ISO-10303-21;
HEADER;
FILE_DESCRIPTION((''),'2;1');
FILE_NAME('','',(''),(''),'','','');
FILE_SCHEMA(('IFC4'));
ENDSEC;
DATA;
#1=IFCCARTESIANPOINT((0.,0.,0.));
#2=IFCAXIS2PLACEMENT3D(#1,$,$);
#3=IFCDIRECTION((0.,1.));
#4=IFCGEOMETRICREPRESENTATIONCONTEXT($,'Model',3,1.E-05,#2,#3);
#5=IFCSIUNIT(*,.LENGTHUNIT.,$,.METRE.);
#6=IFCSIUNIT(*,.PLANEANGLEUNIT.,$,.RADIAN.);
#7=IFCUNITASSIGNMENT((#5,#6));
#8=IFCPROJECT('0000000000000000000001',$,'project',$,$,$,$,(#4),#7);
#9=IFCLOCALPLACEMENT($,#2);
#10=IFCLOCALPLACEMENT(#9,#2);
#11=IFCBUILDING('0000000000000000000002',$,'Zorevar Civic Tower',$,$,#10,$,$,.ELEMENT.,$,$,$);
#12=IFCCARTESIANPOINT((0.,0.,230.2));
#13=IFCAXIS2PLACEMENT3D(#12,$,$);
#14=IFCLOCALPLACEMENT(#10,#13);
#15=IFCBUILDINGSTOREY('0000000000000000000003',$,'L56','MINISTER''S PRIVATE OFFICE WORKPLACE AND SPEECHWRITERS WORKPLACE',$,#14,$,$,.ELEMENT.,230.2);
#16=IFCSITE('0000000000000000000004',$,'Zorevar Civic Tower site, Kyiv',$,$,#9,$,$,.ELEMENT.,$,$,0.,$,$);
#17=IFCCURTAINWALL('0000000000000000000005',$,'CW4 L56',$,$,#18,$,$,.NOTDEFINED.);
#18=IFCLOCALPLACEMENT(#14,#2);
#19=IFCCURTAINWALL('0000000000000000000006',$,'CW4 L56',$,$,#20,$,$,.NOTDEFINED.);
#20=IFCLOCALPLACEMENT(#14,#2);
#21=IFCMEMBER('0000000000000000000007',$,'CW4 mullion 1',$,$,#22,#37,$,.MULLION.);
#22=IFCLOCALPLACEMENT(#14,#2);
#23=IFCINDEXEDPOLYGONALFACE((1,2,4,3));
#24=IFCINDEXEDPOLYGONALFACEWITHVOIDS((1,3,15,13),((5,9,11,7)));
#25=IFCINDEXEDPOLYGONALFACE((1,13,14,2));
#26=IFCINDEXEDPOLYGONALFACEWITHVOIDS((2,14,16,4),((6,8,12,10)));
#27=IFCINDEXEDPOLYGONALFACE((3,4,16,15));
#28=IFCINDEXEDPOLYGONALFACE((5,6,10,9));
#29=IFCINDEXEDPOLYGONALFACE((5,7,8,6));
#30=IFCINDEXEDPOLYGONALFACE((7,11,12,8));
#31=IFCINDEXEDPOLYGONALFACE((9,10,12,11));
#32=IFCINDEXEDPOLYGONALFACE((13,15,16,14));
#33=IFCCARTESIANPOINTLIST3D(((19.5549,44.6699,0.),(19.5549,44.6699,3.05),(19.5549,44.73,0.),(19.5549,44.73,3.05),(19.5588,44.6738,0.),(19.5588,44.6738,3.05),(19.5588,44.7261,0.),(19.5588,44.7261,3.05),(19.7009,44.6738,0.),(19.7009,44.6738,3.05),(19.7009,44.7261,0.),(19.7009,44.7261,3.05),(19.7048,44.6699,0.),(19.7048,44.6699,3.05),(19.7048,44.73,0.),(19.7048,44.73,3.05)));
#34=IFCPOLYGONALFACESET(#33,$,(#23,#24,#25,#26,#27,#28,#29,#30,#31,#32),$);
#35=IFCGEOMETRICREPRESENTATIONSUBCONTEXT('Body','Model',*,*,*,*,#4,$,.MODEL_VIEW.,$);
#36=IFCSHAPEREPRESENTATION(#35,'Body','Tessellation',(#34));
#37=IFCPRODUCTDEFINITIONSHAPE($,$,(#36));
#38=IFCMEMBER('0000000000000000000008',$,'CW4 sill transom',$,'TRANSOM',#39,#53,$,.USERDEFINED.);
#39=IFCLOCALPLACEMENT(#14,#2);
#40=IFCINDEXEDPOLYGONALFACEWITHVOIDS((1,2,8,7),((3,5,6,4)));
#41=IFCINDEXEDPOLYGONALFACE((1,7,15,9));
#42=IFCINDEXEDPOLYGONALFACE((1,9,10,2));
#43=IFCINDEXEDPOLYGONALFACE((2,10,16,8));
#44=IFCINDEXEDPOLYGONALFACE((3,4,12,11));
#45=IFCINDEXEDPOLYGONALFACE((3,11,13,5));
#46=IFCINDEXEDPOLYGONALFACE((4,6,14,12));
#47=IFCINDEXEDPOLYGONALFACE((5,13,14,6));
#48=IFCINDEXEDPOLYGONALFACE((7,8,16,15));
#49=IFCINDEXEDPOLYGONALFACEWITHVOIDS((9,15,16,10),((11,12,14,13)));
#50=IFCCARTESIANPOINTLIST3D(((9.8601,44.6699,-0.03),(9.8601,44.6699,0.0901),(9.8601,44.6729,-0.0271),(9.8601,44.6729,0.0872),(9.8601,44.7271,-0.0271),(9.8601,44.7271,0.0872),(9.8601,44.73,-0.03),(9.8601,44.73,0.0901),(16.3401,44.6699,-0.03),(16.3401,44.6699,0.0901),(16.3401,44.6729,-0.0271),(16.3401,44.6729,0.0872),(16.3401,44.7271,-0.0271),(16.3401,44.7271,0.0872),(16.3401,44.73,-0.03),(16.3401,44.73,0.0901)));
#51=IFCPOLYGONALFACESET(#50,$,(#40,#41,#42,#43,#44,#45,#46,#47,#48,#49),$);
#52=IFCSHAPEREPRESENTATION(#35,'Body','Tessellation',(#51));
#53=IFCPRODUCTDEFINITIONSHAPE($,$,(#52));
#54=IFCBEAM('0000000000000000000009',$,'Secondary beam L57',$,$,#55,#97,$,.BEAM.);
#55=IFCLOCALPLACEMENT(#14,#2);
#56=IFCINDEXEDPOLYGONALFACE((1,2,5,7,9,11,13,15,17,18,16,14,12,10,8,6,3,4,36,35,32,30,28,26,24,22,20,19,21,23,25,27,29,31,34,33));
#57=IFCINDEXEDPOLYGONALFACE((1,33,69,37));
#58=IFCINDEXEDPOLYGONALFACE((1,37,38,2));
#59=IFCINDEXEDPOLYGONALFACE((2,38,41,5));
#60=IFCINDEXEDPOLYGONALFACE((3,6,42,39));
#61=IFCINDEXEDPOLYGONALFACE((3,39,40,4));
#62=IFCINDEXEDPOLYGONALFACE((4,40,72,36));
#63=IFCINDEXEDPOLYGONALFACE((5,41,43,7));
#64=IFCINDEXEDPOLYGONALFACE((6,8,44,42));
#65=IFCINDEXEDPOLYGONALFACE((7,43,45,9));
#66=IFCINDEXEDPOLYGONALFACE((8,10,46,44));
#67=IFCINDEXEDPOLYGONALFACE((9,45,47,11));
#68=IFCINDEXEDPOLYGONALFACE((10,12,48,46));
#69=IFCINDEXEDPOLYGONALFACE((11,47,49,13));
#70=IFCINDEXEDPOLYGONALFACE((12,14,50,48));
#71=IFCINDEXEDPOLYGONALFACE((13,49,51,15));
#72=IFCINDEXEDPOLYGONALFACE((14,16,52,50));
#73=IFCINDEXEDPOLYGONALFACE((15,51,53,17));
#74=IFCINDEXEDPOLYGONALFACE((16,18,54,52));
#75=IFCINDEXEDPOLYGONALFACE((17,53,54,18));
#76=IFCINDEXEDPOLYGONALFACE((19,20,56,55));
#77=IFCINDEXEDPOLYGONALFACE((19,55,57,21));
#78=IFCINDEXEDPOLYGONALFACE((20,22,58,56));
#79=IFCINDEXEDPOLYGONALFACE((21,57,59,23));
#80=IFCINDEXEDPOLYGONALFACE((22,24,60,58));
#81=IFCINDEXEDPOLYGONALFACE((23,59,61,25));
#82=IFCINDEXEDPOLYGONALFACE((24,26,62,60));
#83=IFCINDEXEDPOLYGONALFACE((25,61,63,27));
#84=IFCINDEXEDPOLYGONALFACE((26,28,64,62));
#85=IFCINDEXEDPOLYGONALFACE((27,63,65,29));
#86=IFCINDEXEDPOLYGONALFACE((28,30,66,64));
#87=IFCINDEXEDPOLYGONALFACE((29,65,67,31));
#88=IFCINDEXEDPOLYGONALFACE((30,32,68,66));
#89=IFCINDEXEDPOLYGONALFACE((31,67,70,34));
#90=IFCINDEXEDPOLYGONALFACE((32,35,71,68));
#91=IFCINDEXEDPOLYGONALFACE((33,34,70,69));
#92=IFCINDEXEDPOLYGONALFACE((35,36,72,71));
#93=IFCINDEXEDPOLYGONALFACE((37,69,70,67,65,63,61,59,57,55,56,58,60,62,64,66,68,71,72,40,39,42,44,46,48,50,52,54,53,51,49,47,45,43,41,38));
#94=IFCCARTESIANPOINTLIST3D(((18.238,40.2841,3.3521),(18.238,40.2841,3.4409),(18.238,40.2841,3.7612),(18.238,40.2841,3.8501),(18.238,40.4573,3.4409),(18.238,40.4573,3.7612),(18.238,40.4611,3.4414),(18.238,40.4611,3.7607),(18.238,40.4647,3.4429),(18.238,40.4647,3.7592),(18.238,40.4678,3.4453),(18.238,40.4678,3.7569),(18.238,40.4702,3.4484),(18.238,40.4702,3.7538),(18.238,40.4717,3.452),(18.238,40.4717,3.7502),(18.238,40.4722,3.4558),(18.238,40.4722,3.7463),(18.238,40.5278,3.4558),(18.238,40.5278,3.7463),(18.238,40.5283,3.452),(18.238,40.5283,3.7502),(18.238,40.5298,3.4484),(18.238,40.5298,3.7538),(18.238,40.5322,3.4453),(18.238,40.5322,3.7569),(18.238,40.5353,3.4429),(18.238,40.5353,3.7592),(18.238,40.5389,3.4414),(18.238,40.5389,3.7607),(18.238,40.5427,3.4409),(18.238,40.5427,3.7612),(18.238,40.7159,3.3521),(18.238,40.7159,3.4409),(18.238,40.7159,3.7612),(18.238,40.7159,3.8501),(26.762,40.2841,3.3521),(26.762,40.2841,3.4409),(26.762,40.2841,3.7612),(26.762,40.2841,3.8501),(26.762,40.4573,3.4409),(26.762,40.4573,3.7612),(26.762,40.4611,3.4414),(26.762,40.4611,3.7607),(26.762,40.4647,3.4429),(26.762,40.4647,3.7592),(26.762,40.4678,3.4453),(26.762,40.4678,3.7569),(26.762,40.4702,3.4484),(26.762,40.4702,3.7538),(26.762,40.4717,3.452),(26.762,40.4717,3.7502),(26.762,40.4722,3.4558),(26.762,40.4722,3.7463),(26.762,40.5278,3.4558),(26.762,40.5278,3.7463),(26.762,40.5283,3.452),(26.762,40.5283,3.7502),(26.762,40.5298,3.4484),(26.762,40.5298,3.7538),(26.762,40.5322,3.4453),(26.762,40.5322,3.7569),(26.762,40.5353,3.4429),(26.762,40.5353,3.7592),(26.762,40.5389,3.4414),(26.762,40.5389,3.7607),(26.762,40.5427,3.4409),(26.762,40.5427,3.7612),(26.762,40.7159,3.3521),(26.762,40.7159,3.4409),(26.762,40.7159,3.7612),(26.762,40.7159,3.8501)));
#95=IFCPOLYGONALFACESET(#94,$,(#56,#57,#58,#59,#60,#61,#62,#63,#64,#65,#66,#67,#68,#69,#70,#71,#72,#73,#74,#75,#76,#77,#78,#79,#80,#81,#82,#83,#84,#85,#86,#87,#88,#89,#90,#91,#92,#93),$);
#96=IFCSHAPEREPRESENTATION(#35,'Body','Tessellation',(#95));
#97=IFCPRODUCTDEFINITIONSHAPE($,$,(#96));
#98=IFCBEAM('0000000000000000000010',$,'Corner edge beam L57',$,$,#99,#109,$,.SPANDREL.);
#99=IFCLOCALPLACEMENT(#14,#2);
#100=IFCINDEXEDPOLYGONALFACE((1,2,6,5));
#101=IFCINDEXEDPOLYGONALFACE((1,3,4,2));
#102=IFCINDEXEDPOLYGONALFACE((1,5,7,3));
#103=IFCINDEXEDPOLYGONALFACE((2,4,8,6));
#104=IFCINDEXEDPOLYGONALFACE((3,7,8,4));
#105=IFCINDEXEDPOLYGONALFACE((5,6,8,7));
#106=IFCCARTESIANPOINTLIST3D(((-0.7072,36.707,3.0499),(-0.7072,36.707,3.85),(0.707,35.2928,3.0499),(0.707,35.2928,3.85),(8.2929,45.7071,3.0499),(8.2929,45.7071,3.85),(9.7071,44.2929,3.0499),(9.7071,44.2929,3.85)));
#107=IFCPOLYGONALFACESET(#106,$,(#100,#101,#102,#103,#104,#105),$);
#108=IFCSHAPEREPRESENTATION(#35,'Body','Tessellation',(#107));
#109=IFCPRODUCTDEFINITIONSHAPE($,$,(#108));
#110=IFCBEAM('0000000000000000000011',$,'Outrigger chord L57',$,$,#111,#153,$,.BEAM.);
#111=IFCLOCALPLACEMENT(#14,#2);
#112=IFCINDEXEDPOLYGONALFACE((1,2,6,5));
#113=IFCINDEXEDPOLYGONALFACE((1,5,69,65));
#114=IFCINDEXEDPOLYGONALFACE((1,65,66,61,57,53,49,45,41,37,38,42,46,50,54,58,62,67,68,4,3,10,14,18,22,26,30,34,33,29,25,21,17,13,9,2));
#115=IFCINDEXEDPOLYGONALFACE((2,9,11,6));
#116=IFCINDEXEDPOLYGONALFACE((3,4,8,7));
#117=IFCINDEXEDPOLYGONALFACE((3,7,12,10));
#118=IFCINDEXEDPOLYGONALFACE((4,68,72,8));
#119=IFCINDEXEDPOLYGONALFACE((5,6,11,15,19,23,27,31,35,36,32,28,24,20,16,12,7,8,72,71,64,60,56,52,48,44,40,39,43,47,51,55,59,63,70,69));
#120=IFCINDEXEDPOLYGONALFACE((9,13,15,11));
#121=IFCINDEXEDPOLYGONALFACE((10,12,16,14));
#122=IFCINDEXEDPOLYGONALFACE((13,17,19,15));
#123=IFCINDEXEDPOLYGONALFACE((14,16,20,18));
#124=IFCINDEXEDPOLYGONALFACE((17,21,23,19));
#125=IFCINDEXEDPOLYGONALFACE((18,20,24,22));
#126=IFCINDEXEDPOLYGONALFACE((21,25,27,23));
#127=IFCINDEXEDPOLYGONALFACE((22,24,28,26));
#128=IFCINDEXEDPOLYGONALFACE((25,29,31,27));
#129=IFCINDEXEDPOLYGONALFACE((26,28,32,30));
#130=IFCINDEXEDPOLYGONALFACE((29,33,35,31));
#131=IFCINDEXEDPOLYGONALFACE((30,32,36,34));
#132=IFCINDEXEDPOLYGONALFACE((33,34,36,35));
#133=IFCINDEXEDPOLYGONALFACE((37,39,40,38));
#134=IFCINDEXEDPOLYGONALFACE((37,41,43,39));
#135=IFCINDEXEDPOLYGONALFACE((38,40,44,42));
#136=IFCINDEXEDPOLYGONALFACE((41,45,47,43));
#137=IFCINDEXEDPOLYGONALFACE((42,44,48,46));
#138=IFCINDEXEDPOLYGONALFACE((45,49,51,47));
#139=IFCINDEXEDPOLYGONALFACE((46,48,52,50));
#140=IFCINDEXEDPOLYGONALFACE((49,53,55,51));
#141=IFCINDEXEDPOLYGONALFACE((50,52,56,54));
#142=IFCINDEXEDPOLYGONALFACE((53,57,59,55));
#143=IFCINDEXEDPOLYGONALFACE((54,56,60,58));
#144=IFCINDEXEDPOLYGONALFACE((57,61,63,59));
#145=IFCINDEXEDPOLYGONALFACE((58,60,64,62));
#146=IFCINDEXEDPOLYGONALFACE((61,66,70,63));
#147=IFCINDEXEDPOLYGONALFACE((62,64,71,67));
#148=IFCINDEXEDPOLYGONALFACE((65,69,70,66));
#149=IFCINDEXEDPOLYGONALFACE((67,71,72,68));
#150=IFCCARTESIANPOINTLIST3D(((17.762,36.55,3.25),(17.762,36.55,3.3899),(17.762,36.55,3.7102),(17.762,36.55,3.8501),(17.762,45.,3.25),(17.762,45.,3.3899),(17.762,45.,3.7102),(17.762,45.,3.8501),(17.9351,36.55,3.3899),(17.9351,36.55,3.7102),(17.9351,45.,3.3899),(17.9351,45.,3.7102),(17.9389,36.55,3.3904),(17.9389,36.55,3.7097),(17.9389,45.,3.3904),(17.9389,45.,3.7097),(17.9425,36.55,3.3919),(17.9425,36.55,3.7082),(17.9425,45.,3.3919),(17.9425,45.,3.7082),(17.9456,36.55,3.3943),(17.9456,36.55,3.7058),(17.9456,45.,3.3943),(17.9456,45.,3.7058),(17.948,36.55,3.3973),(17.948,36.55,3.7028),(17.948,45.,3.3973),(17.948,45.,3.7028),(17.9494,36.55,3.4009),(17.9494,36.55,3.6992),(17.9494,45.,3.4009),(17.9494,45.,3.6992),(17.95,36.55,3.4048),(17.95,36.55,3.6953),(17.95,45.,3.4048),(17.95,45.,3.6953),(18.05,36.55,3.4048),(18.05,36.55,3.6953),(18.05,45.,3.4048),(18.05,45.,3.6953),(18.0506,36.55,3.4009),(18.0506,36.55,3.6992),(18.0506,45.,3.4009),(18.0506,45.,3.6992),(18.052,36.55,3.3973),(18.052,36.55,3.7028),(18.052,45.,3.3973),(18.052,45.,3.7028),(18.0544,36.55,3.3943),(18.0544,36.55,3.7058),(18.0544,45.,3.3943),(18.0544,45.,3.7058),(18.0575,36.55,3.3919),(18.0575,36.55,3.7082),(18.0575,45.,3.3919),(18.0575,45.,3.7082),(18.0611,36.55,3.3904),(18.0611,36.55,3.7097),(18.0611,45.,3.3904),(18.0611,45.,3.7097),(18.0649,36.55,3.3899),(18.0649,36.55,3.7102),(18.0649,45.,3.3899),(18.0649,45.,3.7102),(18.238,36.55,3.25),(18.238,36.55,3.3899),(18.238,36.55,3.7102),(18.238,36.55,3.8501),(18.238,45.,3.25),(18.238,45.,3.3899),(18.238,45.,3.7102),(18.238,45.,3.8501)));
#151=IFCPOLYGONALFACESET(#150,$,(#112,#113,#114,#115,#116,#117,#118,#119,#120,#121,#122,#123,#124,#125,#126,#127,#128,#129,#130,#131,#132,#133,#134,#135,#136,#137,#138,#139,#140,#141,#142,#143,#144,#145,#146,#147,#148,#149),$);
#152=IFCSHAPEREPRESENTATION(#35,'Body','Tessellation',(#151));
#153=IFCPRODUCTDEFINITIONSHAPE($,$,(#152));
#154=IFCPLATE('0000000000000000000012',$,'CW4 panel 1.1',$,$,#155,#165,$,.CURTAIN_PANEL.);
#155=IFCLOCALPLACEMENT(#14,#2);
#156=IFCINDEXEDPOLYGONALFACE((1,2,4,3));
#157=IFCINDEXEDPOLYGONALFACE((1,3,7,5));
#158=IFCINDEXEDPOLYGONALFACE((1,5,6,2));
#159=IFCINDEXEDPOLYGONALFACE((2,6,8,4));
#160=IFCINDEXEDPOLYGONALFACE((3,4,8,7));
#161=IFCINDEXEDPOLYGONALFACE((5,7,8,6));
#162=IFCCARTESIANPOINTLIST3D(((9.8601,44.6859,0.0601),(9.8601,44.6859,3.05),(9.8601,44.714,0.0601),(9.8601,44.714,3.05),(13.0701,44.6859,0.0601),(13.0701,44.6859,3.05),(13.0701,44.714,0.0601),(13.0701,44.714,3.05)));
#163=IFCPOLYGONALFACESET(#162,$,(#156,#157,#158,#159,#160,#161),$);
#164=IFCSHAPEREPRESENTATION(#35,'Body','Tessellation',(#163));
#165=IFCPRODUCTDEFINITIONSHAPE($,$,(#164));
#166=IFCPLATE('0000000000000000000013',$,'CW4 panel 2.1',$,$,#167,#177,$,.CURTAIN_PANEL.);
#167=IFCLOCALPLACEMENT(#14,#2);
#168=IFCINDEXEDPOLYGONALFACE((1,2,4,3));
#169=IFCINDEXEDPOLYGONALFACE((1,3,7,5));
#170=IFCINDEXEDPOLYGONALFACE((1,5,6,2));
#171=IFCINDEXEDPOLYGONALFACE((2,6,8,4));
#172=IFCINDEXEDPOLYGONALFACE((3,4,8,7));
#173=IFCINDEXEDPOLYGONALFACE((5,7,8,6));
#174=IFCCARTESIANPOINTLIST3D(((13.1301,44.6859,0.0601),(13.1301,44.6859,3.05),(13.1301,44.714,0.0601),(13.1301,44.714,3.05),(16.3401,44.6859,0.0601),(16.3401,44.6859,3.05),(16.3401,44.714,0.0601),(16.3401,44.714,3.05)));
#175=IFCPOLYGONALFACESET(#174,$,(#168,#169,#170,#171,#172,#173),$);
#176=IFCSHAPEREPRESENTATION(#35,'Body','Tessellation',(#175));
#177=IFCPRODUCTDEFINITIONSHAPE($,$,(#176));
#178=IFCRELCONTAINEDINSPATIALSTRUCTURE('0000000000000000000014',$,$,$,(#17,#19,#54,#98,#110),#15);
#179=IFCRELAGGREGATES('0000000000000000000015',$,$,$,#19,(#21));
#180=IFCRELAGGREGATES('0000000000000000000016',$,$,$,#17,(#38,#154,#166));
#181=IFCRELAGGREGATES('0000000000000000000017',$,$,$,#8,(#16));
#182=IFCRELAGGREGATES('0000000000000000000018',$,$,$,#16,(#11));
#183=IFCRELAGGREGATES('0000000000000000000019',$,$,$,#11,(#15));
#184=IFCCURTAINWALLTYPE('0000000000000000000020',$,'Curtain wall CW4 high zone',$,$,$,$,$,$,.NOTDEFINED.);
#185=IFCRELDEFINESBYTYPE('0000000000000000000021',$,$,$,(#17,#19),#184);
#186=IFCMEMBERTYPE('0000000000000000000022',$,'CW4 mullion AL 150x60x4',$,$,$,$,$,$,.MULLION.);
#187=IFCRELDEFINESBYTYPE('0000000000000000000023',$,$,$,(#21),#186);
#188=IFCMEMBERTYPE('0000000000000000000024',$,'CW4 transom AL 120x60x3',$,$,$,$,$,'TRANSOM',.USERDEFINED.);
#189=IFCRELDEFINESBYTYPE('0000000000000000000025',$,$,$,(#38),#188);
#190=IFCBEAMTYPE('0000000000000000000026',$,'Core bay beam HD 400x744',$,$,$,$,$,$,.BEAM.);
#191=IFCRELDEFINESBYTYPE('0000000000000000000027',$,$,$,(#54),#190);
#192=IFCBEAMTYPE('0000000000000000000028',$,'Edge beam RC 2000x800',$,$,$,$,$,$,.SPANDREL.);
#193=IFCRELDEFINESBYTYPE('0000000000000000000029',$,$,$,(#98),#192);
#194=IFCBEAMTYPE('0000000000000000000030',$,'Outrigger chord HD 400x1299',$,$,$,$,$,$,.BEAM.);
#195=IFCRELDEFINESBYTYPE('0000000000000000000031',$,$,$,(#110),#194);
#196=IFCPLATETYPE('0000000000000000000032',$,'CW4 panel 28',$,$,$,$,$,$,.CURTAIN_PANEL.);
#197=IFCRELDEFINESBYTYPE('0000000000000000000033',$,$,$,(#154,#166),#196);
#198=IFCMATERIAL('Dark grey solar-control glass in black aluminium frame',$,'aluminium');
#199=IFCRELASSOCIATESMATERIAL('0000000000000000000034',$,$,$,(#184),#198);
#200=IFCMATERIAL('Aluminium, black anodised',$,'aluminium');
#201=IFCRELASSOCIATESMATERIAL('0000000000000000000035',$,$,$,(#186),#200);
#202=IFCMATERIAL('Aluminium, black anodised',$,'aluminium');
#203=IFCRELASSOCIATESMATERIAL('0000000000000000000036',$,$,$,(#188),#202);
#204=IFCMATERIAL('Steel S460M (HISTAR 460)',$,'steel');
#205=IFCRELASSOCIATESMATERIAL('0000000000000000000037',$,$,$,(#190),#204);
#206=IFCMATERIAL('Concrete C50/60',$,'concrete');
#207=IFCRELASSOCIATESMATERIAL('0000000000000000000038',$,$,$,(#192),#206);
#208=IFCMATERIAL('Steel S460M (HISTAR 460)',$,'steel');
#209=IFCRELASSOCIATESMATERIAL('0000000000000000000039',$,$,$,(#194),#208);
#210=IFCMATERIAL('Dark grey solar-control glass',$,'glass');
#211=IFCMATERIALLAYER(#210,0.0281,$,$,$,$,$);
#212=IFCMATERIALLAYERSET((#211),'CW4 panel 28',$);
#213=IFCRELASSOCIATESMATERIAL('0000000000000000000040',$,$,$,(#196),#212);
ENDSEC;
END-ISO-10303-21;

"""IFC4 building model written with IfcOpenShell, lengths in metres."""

from ifc_helpers import new_model, si_unit, direction, frame, origin, origin_2d, place, context, subcontext, project, spatial, rectangle, hollow_rectangle, i_section, extrude, material, layer, layer_set, material_profile, profile_set, type_object, element, aggregate, save


model = new_model("IFC4")

# Units and contexts
model_context = context("Model", 3, precision=1e-05, world=origin(), true_north=direction((0.0, 1.0)))
body_context = subcontext(model_context, "Body", "Model", "MODEL_VIEW")
ifc_project = project(units=[si_unit("LENGTHUNIT", "METRE"), si_unit("PLANEANGLEUNIT", "RADIAN")], contexts=[model_context])

# Site, building, storey
site_placement = place(None, origin())
site = spatial("IfcSite", under=ifc_project, at=site_placement, Name="Zorevar Civic Tower site, Kyiv", CompositionType="ELEMENT", RefElevation=0.0)
building_placement = place(site_placement, origin())
building = spatial("IfcBuilding", under=site, at=building_placement, Name="Zorevar Civic Tower", CompositionType="ELEMENT")
storey_placement = place(building_placement, frame((0.0, 0.0, 230.2)))
storey = spatial("IfcBuildingStorey", under=building, at=storey_placement, Name="L56", Description="MINISTER'S PRIVATE OFFICE WORKPLACE AND SPEECHWRITERS WORKPLACE", CompositionType="ELEMENT", Elevation=230.2)

# Curtain wall
ifc_material_1 = material(Name="Dark grey solar-control glass in black aluminium frame", Category="aluminium")
curtain_wall_type = type_object("IfcCurtainWallType", Name="Curtain wall CW4 high zone", PredefinedType="NOTDEFINED", material=ifc_material_1)
curtain_wall_1_placement = place(storey_placement, origin())
curtain_wall_1 = element("IfcCurtainWall", 1, at=curtain_wall_1_placement, inside=storey, type_object=curtain_wall_type, Name="CW4 L56", PredefinedType="NOTDEFINED")
ifc_material_2 = material(Name="Aluminium, black anodised", Category="aluminium")
ifc_material_profile_1 = material_profile(ifc_material_2, hollow_rectangle(XDim=0.0601, YDim=0.1499, WallThickness=0.0039, at=origin_2d()), Name="AL 150x60x4")
ifc_profile_set_1 = profile_set([ifc_material_profile_1], Name="Aluminium, black anodised")
member_type_1 = type_object("IfcMemberType", Name="CW4 mullion AL 150x60x4", PredefinedType="MULLION", material=ifc_profile_set_1)

# Curtain wall, member
curtain_wall_2_placement = place(storey_placement, origin())
curtain_wall_2 = element("IfcCurtainWall", 2, at=curtain_wall_2_placement, inside=storey, type_object=curtain_wall_type, Name="CW4 L56", PredefinedType="NOTDEFINED")
member_1_placement = place(storey_placement, frame((19.6299, 44.7, 0.0), z_axis=(0.0, 0.0, 1.0), x_axis=(0.0, 1.0, 0.0)))
member_1 = element("IfcMember", 3, at=member_1_placement, type_object=member_type_1, Name="CW4 mullion 1", PredefinedType="MULLION", context=body_context, shape_type="SweptSolid", body=[
    extrude(hollow_rectangle(XDim=0.0601, YDim=0.1499, WallThickness=0.0039, at=origin_2d()), origin(), (0.0, 0.0, 1.0), 3.05),
])
aggregate(curtain_wall_2, [member_1])

# Member
ifc_material_3 = material(Name="Aluminium, black anodised", Category="aluminium")
ifc_material_profile_2 = material_profile(ifc_material_3, hollow_rectangle(XDim=0.0601, YDim=0.1201, WallThickness=0.0029, at=origin_2d()), Name="AL 120x60x3")
ifc_profile_set_2 = profile_set([ifc_material_profile_2], Name="Aluminium, black anodised")
member_type_2 = type_object("IfcMemberType", Name="CW4 transom AL 120x60x3", ElementType="TRANSOM", PredefinedType="USERDEFINED", material=ifc_profile_set_2)
member_2_placement = place(storey_placement, frame((9.8601, 44.7, 0.03), z_axis=(1.0, 0.0, 0.0), x_axis=(0.0, 1.0, 0.0)))
member_2 = element("IfcMember", 4, at=member_2_placement, type_object=member_type_2, Name="CW4 sill transom", ObjectType="TRANSOM", PredefinedType="USERDEFINED", context=body_context, shape_type="SweptSolid", body=[
    extrude(hollow_rectangle(XDim=0.0601, YDim=0.1201, WallThickness=0.0029, at=origin_2d()), origin(), (0.0, 0.0, 1.0), 6.48),
])

# Beams
ifc_material_4 = material(Name="Steel S460M (HISTAR 460)", Category="steel")
ifc_material_profile_3 = material_profile(ifc_material_4, i_section(OverallWidth=0.4319, OverallDepth=0.498, WebThickness=0.0557, FlangeThickness=0.0889, FilletRadius=0.0149, at=origin_2d()), Name="HD 400x744")
ifc_profile_set_3 = profile_set([ifc_material_profile_3], Name="Steel S460M (HISTAR 460)")
beam_type_1 = type_object("IfcBeamType", Name="Core bay beam HD 400x744", PredefinedType="BEAM", material=ifc_profile_set_3)
beam_1_placement = place(storey_placement, frame((18.238, 40.5, 3.6011), z_axis=(1.0, 0.0, 0.0), x_axis=(0.0, 1.0, 0.0)))
element("IfcBeam", 5, at=beam_1_placement, inside=storey, type_object=beam_type_1, Name="Secondary beam L57", PredefinedType="BEAM", context=body_context, shape_type="SweptSolid", body=[
    extrude(i_section(OverallWidth=0.4319, OverallDepth=0.498, WebThickness=0.0557, FlangeThickness=0.0889, FilletRadius=0.0149, at=origin_2d()), origin(), (0.0, 0.0, 1.0), 8.5239),
])
ifc_material_5 = material(Name="Concrete C50/60", Category="concrete")
ifc_material_profile_4 = material_profile(ifc_material_5, rectangle(XDim=2.0, YDim=0.8, at=origin_2d()), Name="RC 2000x800")
ifc_profile_set_4 = profile_set([ifc_material_profile_4], Name="Concrete C50/60")
beam_type_2 = type_object("IfcBeamType", Name="Edge beam RC 2000x800", PredefinedType="SPANDREL", material=ifc_profile_set_4)
beam_2_placement = place(storey_placement, frame((9.0, 45.0, 3.45), z_axis=(-0.707107, -0.707107, 0.0), x_axis=(0.707107, -0.707107, 0.0)))
element("IfcBeam", 6, at=beam_2_placement, inside=storey, type_object=beam_type_2, Name="Corner edge beam L57", PredefinedType="SPANDREL", context=body_context, shape_type="SweptSolid", body=[
    extrude(rectangle(XDim=2.0, YDim=0.8, at=origin_2d()), origin(), (0.0, 0.0, 1.0), 12.728),
])
ifc_material_6 = material(Name="Steel S460M (HISTAR 460)", Category="steel")
ifc_material_profile_5 = material_profile(ifc_material_6, i_section(OverallWidth=0.4761, OverallDepth=0.6001, WebThickness=0.1001, FlangeThickness=0.1399, FilletRadius=0.0149, at=origin_2d()), Name="HD 400x1299")
ifc_profile_set_5 = profile_set([ifc_material_profile_5], Name="Steel S460M (HISTAR 460)")
beam_type_3 = type_object("IfcBeamType", Name="Outrigger chord HD 400x1299", PredefinedType="BEAM", material=ifc_profile_set_5)
beam_3_placement = place(storey_placement, frame((18.0, 36.55, 3.55), z_axis=(0.0, 1.0, 0.0), x_axis=(-1.0, 0.0, 0.0)))
element("IfcBeam", 7, at=beam_3_placement, inside=storey, type_object=beam_type_3, Name="Outrigger chord L57", PredefinedType="BEAM", context=body_context, shape_type="SweptSolid", body=[
    extrude(i_section(OverallWidth=0.4761, OverallDepth=0.6001, WebThickness=0.1001, FlangeThickness=0.1399, FilletRadius=0.0149, at=origin_2d()), origin(), (0.0, 0.0, 1.0), 8.45),
])

# Plates
ifc_material_7 = material(Name="Dark grey solar-control glass", Category="glass")
ifc_layer_1 = layer(ifc_material_7, 0.0281)
ifc_layer_set_1 = layer_set([ifc_layer_1], Name="CW4 panel 28")
plate_type = type_object("IfcPlateType", Name="CW4 panel 28", PredefinedType="CURTAIN_PANEL", material=ifc_layer_set_1)
plate_1_placement = place(storey_placement, frame((11.4651, 44.7, 0.0601), z_axis=(0.0, 0.0, 1.0), x_axis=(1.0, 0.0, 0.0)))
plate_1 = element("IfcPlate", 8, at=plate_1_placement, type_object=plate_type, Name="CW4 panel 1.1", PredefinedType="CURTAIN_PANEL", context=body_context, shape_type="SweptSolid", body=[
    extrude(rectangle(XDim=3.21, YDim=0.0281, at=origin_2d()), origin(), (0.0, 0.0, 1.0), 2.99),
])
plate_2_placement = place(storey_placement, frame((14.7351, 44.7, 0.0601), z_axis=(0.0, 0.0, 1.0), x_axis=(1.0, 0.0, 0.0)))
plate_2 = element("IfcPlate", 9, at=plate_2_placement, type_object=plate_type, Name="CW4 panel 2.1", PredefinedType="CURTAIN_PANEL", context=body_context, shape_type="SweptSolid", body=[
    extrude(rectangle(XDim=3.21, YDim=0.0281, at=origin_2d()), origin(), (0.0, 0.0, 1.0), 2.99),
])
aggregate(curtain_wall_1, [member_2, plate_1, plate_2])

save(model, "model.ifc")
